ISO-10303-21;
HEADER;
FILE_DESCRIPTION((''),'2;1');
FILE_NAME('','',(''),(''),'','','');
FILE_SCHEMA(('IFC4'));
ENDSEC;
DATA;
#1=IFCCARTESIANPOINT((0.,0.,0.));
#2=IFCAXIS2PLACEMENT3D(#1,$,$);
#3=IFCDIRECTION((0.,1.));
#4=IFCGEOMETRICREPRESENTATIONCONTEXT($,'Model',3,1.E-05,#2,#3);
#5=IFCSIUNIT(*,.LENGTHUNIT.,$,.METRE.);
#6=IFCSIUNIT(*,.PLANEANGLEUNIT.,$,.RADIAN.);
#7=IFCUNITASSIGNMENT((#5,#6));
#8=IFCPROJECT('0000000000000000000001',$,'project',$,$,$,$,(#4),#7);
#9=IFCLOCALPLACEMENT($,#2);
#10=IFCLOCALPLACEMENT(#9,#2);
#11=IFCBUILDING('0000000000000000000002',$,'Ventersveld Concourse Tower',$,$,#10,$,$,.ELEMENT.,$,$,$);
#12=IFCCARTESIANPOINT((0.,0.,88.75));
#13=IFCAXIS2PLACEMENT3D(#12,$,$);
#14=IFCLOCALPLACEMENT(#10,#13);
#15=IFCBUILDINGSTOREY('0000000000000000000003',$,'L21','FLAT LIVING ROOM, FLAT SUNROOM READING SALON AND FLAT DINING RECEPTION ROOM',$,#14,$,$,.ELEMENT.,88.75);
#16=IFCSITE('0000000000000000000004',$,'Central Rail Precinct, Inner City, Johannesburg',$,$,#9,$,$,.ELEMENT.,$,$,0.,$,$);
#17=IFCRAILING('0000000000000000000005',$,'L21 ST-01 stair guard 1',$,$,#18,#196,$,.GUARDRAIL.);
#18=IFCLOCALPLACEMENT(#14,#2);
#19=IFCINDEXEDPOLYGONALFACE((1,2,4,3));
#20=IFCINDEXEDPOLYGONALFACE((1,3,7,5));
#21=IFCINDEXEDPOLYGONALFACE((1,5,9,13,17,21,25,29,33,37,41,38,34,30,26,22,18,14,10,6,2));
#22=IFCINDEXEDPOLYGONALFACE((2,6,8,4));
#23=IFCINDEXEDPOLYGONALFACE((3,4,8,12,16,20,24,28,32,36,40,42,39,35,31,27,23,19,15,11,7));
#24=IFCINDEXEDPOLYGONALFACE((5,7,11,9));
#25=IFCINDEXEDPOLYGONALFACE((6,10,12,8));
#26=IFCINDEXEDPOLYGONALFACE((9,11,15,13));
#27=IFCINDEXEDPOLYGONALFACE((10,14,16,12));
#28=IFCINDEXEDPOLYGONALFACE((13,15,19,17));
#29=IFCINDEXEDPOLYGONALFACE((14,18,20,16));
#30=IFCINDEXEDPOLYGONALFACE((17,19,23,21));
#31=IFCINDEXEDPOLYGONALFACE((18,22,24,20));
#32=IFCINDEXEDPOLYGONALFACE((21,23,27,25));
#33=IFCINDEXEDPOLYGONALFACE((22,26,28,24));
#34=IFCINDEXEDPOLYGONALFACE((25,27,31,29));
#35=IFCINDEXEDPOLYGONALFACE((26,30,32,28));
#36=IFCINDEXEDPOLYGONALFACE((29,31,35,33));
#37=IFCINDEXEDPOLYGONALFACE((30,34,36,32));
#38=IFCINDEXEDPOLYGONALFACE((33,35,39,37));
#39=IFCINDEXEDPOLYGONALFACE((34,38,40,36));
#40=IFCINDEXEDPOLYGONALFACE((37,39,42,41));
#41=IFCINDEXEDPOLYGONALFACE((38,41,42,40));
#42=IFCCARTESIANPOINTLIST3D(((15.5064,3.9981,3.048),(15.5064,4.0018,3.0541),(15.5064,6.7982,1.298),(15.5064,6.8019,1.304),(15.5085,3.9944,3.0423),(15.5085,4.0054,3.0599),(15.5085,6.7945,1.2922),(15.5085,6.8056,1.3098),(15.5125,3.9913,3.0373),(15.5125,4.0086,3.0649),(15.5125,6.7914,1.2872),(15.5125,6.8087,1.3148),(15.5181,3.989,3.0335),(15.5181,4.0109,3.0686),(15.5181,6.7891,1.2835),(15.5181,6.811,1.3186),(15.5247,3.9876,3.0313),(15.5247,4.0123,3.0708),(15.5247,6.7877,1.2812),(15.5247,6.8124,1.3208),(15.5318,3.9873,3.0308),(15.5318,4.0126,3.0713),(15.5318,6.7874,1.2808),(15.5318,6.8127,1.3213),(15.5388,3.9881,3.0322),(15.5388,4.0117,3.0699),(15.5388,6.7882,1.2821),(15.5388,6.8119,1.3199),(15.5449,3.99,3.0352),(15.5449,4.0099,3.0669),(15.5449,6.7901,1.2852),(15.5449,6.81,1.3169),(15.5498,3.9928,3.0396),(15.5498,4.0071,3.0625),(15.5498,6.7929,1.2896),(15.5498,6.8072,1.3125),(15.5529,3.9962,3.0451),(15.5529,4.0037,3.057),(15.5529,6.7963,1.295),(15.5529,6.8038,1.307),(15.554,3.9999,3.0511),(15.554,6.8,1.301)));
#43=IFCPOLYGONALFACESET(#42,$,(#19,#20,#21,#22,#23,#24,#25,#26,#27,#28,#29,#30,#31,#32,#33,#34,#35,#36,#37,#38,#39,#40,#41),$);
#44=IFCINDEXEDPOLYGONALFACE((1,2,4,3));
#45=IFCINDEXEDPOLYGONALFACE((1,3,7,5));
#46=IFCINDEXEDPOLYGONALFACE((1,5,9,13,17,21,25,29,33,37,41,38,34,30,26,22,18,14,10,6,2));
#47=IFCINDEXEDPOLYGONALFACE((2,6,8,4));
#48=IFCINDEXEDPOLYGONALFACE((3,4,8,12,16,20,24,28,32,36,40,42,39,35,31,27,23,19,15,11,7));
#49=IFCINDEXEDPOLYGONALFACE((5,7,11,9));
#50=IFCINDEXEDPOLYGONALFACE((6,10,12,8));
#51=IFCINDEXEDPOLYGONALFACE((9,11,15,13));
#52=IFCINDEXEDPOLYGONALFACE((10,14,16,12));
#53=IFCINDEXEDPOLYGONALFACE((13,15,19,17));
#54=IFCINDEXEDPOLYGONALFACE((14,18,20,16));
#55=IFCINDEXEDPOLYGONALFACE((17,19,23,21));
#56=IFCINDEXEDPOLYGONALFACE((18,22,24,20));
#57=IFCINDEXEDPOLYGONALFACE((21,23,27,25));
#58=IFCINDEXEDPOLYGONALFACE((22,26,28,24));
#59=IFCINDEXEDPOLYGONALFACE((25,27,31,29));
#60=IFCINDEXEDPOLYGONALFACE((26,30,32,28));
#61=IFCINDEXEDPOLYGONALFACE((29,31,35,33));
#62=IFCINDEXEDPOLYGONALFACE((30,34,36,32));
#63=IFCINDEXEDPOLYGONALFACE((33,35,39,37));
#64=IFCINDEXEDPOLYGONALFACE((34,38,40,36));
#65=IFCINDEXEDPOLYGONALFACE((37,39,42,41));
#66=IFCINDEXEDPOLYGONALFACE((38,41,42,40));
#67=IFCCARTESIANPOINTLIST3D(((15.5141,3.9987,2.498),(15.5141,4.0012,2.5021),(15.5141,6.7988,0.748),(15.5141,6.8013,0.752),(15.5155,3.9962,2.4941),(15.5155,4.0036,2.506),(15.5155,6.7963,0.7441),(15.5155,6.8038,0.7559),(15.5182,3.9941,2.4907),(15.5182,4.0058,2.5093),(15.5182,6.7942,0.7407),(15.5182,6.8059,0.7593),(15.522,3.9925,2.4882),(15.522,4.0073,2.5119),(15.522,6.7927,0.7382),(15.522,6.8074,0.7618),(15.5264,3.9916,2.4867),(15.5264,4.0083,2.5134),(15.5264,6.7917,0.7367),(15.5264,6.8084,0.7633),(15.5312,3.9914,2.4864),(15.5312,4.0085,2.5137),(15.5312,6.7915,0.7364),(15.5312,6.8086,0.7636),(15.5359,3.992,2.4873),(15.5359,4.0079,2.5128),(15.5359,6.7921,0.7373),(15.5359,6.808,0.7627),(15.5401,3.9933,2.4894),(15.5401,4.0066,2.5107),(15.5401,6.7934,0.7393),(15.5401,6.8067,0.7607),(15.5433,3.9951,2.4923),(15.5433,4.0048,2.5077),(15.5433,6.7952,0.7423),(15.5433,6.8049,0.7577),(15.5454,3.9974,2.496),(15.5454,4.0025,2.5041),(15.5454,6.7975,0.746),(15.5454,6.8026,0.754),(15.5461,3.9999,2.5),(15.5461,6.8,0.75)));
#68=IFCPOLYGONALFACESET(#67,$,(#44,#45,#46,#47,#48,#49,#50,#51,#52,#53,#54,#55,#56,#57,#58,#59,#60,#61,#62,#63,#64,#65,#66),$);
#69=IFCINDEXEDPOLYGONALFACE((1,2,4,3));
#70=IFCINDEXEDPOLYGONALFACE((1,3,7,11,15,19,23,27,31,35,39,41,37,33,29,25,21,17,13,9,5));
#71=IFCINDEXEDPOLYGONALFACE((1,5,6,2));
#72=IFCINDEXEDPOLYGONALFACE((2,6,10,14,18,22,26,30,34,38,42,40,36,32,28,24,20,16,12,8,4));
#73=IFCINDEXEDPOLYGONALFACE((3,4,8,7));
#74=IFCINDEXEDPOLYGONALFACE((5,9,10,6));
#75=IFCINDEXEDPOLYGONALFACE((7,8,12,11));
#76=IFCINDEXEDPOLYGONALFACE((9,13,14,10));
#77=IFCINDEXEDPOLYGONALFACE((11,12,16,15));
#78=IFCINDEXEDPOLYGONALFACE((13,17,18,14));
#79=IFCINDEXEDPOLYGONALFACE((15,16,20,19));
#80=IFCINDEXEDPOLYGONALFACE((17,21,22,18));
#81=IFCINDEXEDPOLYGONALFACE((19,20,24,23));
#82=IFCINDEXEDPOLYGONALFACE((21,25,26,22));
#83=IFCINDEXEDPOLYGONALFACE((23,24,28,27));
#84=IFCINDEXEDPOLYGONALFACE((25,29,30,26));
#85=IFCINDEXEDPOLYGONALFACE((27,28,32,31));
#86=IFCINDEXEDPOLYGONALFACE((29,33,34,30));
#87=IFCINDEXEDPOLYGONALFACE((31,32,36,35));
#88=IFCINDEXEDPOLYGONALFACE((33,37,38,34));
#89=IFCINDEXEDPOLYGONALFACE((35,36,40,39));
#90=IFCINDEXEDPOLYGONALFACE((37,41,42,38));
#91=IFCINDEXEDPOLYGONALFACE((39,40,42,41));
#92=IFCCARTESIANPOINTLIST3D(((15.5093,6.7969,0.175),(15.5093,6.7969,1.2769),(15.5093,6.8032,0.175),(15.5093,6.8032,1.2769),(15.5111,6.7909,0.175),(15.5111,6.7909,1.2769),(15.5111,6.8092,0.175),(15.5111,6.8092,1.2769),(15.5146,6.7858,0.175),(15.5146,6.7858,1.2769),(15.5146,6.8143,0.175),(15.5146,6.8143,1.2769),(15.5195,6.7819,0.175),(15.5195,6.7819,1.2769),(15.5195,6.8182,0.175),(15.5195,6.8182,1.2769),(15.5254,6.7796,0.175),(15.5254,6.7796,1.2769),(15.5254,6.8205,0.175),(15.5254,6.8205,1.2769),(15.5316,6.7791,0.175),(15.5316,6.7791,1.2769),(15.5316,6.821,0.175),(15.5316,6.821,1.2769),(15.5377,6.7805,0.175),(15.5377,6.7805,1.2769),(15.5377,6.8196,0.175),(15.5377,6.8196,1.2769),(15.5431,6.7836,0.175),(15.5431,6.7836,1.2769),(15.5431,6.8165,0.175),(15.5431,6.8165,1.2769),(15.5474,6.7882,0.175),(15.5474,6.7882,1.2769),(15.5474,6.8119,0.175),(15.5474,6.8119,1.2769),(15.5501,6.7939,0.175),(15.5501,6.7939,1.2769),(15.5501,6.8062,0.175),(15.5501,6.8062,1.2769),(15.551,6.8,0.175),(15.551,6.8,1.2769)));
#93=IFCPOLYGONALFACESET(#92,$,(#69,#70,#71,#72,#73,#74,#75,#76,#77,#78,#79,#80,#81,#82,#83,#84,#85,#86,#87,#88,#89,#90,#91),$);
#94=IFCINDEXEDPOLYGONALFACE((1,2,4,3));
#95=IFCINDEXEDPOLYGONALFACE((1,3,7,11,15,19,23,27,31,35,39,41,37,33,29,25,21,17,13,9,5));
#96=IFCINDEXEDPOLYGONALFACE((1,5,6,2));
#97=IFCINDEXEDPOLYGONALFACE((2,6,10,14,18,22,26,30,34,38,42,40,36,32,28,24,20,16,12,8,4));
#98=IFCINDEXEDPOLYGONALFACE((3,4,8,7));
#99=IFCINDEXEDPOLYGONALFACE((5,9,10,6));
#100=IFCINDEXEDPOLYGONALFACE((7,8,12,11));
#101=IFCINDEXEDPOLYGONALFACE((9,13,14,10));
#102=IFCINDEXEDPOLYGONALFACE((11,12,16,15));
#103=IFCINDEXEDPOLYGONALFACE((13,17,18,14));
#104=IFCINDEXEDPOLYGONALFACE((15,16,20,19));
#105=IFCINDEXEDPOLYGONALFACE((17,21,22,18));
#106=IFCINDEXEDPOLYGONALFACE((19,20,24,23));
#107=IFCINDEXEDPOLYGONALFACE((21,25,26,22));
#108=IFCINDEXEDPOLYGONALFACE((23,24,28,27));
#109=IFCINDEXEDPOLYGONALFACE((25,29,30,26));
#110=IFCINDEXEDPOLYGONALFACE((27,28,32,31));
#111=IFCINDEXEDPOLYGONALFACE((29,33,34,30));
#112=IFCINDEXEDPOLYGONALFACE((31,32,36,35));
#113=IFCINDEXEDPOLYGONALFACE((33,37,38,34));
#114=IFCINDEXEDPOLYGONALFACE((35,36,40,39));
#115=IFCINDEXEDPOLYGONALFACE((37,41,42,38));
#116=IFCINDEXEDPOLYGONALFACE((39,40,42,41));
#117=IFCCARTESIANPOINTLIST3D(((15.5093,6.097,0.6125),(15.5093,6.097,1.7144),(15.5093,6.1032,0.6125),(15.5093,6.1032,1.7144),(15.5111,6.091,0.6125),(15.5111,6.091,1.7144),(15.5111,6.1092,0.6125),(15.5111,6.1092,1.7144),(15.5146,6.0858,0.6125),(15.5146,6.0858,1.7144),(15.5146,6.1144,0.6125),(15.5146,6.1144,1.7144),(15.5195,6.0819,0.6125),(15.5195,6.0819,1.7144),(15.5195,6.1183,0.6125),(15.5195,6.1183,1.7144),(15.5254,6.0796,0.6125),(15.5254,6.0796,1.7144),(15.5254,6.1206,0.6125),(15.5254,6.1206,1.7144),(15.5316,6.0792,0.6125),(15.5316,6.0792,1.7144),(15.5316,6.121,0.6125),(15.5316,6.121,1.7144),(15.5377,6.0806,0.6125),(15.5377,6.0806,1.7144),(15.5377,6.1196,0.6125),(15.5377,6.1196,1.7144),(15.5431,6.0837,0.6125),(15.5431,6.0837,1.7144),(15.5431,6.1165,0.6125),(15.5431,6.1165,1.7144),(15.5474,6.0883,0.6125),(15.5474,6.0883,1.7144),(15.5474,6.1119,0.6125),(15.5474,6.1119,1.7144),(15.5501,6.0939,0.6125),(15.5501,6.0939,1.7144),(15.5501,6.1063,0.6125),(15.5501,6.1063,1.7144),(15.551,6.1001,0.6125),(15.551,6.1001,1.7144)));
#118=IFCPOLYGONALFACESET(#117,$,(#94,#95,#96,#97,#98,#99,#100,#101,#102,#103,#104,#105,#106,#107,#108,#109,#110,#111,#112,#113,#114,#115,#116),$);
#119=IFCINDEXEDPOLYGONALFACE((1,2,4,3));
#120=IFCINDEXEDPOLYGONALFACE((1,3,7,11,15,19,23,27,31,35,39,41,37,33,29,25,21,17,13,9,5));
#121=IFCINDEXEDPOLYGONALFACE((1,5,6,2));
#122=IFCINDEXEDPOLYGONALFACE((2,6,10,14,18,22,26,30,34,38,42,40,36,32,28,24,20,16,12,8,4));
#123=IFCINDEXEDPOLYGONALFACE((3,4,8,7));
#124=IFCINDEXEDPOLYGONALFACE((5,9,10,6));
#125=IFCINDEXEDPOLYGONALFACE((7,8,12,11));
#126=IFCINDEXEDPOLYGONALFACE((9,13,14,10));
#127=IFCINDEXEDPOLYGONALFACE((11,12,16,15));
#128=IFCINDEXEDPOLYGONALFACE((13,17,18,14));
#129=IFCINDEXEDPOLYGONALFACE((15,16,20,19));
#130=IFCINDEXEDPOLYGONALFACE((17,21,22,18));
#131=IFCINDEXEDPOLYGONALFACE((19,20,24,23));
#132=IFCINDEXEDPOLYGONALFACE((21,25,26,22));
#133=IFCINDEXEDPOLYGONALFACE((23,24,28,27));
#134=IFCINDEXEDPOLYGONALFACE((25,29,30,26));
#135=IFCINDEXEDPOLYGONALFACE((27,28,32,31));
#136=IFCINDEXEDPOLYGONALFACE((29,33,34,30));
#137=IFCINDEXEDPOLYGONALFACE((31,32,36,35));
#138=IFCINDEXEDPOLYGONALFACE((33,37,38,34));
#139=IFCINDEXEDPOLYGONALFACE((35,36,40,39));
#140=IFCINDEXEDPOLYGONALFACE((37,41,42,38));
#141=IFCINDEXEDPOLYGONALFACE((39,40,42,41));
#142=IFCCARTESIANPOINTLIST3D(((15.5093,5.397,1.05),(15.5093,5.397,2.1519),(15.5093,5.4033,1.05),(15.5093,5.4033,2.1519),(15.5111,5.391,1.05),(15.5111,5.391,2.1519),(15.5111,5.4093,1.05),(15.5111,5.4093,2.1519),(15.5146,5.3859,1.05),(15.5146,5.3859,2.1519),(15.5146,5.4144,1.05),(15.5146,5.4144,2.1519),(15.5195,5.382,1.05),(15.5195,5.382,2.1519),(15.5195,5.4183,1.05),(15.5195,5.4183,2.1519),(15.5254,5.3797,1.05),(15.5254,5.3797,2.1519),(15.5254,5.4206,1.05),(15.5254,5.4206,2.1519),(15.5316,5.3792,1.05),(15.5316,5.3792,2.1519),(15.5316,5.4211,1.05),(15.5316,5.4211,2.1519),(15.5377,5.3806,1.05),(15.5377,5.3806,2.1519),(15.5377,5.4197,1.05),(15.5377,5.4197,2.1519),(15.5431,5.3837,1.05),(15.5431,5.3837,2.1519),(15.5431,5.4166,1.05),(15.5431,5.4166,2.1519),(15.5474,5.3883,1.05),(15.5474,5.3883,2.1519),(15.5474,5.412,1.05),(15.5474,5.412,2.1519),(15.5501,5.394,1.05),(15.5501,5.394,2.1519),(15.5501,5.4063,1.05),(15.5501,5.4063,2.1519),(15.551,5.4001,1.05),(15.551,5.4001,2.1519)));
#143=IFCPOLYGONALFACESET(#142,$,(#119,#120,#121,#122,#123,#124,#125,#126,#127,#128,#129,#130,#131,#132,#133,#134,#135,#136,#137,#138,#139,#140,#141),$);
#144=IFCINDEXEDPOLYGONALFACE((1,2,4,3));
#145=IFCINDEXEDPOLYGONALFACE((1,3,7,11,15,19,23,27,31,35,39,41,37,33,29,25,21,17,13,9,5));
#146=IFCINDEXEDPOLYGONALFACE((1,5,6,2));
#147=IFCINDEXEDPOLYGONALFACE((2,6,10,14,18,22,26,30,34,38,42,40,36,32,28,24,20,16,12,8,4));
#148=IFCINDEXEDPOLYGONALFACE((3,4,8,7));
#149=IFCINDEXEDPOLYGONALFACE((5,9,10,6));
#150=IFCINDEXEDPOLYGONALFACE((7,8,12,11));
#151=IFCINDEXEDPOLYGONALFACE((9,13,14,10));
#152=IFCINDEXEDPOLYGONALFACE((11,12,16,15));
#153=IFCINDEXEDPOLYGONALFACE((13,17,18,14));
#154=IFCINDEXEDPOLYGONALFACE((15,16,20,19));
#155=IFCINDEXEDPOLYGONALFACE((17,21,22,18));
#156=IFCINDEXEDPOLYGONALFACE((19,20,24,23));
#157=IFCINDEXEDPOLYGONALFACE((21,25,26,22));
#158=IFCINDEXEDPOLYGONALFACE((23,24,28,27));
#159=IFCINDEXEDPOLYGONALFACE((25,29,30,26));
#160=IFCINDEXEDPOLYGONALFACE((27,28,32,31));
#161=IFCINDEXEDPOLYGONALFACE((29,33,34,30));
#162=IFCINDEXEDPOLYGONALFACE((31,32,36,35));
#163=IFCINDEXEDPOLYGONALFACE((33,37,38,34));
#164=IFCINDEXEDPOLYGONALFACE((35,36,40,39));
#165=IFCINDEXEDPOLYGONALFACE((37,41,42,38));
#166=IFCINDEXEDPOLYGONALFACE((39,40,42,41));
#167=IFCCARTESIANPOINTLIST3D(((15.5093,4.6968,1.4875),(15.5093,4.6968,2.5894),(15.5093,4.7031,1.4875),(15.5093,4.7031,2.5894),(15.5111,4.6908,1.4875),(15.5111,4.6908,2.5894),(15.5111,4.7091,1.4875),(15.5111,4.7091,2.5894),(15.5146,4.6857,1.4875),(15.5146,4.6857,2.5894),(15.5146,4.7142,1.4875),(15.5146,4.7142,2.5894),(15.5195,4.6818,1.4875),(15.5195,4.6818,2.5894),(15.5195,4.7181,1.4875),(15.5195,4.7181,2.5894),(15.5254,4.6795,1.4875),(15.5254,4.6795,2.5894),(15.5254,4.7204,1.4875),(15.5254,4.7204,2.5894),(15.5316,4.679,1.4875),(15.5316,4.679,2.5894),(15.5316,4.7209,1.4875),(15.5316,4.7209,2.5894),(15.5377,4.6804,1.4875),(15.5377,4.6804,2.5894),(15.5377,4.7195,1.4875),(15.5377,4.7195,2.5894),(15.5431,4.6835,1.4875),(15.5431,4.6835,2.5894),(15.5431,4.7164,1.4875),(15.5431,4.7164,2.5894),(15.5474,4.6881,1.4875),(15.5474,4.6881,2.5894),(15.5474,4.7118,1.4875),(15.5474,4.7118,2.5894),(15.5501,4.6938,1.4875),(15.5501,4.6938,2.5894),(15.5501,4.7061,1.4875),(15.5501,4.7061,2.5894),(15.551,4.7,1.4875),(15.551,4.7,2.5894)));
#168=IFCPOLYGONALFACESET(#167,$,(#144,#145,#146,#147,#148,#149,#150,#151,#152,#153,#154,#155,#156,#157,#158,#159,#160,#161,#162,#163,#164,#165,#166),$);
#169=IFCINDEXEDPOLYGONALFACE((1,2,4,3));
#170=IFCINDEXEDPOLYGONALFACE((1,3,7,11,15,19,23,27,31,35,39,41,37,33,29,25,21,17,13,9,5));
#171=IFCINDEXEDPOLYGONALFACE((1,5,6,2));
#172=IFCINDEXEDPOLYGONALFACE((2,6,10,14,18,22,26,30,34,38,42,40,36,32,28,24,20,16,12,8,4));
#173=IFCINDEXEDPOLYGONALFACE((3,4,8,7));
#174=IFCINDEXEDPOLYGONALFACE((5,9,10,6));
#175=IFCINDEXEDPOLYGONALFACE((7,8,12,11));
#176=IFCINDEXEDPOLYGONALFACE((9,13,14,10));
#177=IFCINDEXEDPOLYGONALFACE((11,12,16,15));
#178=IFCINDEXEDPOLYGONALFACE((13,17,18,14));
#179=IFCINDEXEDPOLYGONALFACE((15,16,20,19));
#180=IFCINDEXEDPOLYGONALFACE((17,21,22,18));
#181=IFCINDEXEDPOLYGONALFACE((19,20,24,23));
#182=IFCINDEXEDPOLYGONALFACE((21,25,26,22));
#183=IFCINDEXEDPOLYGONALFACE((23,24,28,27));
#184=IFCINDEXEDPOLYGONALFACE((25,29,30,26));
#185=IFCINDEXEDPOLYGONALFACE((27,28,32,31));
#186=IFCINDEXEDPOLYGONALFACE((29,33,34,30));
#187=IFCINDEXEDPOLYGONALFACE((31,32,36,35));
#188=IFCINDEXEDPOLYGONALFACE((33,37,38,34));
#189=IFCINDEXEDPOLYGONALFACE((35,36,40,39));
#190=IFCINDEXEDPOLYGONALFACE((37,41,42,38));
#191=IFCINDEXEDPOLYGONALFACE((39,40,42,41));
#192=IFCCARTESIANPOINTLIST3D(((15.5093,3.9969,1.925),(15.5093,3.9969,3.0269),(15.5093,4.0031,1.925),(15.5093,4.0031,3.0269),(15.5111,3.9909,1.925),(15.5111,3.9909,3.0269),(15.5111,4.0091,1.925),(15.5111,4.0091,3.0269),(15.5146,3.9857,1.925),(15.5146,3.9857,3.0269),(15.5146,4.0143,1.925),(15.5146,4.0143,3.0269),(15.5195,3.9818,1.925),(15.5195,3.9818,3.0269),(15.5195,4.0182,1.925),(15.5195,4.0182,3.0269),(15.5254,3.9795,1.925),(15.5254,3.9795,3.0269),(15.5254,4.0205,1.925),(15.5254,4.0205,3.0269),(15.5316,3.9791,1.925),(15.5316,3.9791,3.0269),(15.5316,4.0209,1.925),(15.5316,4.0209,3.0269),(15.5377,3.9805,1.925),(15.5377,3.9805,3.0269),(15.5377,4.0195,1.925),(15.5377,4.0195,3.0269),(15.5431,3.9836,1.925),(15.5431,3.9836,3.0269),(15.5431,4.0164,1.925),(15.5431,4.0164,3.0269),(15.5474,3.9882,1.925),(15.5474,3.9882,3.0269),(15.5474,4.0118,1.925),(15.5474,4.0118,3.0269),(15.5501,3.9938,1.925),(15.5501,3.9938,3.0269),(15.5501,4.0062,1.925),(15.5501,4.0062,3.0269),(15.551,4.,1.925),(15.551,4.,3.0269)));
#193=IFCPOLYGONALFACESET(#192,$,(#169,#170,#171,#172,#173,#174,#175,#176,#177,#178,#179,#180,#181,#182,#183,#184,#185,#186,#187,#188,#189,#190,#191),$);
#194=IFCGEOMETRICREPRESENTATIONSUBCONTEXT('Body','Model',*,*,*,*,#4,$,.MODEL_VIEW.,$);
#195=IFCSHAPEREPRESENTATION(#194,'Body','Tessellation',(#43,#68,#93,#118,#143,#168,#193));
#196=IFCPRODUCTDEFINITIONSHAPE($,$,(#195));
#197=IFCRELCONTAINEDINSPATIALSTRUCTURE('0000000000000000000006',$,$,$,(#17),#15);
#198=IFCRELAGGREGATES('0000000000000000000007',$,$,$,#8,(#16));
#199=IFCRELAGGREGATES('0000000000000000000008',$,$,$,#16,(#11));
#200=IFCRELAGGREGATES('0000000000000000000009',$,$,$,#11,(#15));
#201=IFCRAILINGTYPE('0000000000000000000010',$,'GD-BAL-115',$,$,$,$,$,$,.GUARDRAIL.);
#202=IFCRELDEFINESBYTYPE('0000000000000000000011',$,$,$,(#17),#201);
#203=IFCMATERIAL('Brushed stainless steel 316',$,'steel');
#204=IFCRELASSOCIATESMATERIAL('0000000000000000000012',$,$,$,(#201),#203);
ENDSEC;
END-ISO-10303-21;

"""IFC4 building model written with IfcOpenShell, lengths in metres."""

from ifc_helpers import new_model, si_unit, direction, frame, origin, origin_2d, place, context, subcontext, project, spatial, circle, extrude, material, type_object, element, save


model = new_model("IFC4")

# Units and contexts
model_context = context("Model", 3, precision=1e-05, world=origin(), true_north=direction((0.0, 1.0)))
body_context = subcontext(model_context, "Body", "Model", "MODEL_VIEW")
ifc_project = project(units=[si_unit("LENGTHUNIT", "METRE"), si_unit("PLANEANGLEUNIT", "RADIAN")], contexts=[model_context])

# Site, building, storey
site_placement = place(None, origin())
site = spatial("IfcSite", under=ifc_project, at=site_placement, Name="Central Rail Precinct, Inner City, Johannesburg", CompositionType="ELEMENT", RefElevation=0.0)
building_placement = place(site_placement, origin())
building = spatial("IfcBuilding", under=site, at=building_placement, Name="Ventersveld Concourse Tower", CompositionType="ELEMENT")
storey_placement = place(building_placement, frame((0.0, 0.0, 88.75)))
storey = spatial("IfcBuildingStorey", under=building, at=storey_placement, Name="L21", Description="FLAT LIVING ROOM, FLAT SUNROOM READING SALON AND FLAT DINING RECEPTION ROOM", CompositionType="ELEMENT", Elevation=88.75)

# Shared definitions
ifc_material_1 = material(Name="Brushed stainless steel 316", Category="steel")

# Railing
railing_type_1 = type_object("IfcRailingType", Name="GD-BAL-115", PredefinedType="GUARDRAIL", material=ifc_material_1)
railing_1_placement = place(storey_placement, frame((15.53, 6.8, 0.175)))
element("IfcRailing", 1, at=railing_1_placement, inside=storey, type_object=railing_type_1, Name="L21 ST-01 stair guard 1", PredefinedType="GUARDRAIL", context=body_context, shape_type="SweptSolid", body=[
    extrude(circle(Radius=0.0239, at=origin_2d()), frame((0.0, 0.0, 1.126), z_axis=(0.0, -0.848002, 0.529992), x_axis=(1.0, 0.0, 0.0)), (0.0, 0.0, 1.0), 3.302),
    extrude(circle(Radius=0.0161, at=origin_2d()), frame((0.0, 0.0, 0.575), z_axis=(0.0, -0.848002, 0.529992), x_axis=(1.0, 0.0, 0.0)), (0.0, 0.0, 1.0), 3.302),
    extrude(circle(Radius=0.021, at=origin_2d()), origin(), (0.0, 0.0, 1.0), 1.1018),
    extrude(circle(Radius=0.021, at=origin_2d()), frame((0.0, -0.7, 0.4375)), (0.0, 0.0, 1.0), 1.1018),
    extrude(circle(Radius=0.021, at=origin_2d()), frame((0.0, -1.3999, 0.875)), (0.0, 0.0, 1.0), 1.1018),
    extrude(circle(Radius=0.021, at=origin_2d()), frame((0.0, -2.1001, 1.3125)), (0.0, 0.0, 1.0), 1.1018),
    extrude(circle(Radius=0.021, at=origin_2d()), frame((0.0, -2.8, 1.75)), (0.0, 0.0, 1.0), 1.1018),
])

save(model, "model.ifc")
